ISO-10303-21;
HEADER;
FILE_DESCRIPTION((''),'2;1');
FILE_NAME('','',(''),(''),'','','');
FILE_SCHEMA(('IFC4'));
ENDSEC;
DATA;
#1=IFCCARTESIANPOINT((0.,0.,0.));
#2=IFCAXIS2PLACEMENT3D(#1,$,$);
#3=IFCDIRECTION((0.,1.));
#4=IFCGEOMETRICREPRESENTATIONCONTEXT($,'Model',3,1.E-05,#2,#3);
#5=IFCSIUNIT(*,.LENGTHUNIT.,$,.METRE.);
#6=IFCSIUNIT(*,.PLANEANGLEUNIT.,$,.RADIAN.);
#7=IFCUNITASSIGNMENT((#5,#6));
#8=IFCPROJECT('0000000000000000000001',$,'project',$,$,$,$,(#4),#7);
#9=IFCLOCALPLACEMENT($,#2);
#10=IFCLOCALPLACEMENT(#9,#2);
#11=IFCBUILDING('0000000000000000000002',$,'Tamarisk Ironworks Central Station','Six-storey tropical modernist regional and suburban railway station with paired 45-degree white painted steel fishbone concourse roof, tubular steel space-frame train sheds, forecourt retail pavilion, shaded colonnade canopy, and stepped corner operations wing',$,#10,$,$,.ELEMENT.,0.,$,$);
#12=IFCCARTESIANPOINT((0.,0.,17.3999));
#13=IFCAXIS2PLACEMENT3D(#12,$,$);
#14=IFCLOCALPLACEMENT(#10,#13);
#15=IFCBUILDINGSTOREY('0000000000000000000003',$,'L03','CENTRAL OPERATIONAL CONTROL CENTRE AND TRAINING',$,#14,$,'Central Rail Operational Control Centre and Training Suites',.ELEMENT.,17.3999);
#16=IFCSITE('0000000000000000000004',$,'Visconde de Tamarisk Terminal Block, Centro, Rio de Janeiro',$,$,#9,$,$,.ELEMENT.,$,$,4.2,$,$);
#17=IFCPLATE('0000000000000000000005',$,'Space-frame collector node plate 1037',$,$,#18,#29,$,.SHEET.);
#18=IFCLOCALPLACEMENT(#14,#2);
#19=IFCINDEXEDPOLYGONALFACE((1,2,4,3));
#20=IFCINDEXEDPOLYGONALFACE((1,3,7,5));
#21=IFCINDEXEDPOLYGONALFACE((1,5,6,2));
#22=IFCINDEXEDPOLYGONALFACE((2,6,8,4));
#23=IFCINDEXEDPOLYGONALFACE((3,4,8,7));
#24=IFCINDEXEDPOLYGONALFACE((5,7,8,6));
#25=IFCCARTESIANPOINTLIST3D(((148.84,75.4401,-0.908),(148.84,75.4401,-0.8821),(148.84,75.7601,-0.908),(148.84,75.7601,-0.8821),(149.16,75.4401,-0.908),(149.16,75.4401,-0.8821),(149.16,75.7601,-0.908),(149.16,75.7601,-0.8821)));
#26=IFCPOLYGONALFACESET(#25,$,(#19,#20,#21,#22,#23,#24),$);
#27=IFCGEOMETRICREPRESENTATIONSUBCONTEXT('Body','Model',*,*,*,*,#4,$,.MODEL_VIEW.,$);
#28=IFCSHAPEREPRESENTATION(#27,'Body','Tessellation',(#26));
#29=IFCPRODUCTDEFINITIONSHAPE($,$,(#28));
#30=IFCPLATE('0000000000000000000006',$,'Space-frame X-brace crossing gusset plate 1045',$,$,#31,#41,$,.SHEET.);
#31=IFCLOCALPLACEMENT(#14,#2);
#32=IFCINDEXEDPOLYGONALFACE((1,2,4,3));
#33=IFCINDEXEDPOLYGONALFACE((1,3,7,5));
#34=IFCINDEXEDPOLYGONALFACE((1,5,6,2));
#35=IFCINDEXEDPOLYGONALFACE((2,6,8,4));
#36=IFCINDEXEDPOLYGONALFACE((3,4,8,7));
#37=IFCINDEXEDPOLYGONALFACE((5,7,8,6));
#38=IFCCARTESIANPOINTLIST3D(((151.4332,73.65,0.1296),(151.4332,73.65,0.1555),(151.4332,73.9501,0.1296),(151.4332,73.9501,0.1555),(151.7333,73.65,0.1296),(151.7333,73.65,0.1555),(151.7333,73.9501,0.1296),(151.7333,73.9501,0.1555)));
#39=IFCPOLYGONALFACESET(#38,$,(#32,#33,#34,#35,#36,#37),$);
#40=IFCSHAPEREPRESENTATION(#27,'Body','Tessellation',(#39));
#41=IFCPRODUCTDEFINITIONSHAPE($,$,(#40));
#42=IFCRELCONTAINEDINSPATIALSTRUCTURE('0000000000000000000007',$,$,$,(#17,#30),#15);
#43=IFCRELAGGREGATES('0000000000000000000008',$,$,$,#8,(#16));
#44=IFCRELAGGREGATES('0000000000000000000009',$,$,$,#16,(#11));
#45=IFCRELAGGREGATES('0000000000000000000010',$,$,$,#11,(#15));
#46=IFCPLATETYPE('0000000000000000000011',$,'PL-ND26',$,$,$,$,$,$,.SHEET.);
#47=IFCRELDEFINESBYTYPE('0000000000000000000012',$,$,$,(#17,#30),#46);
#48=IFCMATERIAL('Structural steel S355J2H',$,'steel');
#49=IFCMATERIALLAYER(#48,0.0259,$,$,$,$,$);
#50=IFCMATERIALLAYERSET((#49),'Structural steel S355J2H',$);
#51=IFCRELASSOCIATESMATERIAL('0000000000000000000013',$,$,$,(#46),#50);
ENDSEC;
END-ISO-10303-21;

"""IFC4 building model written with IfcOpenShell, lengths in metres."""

from ifc_helpers import new_model, si_unit, direction, frame, origin, origin_2d, place, context, subcontext, project, spatial, rectangle, extrude, material, layer, layer_set, type_object, element, save


model = new_model("IFC4")

# Units and contexts
model_context = context("Model", 3, precision=1e-05, world=origin(), true_north=direction((0.0, 1.0)))
body_context = subcontext(model_context, "Body", "Model", "MODEL_VIEW")
ifc_project = project(units=[si_unit("LENGTHUNIT", "METRE"), si_unit("PLANEANGLEUNIT", "RADIAN")], contexts=[model_context])

# Site, building, storey
site_placement = place(None, origin())
site = spatial("IfcSite", under=ifc_project, at=site_placement, Name="Visconde de Tamarisk Terminal Block, Centro, Rio de Janeiro", CompositionType="ELEMENT", RefElevation=4.2)
building_placement = place(site_placement, origin())
building = spatial("IfcBuilding", under=site, at=building_placement, Name="Tamarisk Ironworks Central Station", Description="Six-storey tropical modernist regional and suburban railway station with paired 45-degree white painted steel fishbone concourse roof, tubular steel space-frame train sheds, forecourt retail pavilion, shaded colonnade canopy, and stepped corner operations wing", CompositionType="ELEMENT", ElevationOfRefHeight=0.0)
storey_placement = place(building_placement, frame((0.0, 0.0, 17.3999)))
storey = spatial("IfcBuildingStorey", under=building, at=storey_placement, Name="L03", Description="CENTRAL OPERATIONAL CONTROL CENTRE AND TRAINING", LongName="Central Rail Operational Control Centre and Training Suites", CompositionType="ELEMENT", Elevation=17.3999)

# Shared definitions
ifc_material = material(Name="Structural steel S355J2H", Category="steel")

# Plates
ifc_layer = layer(ifc_material, 0.0259)
ifc_layer_set = layer_set([ifc_layer], Name="Structural steel S355J2H")
plate_type = type_object("IfcPlateType", Name="PL-ND26", PredefinedType="SHEET", material=ifc_layer_set)
plate_1_placement = place(storey_placement, frame((149.0, 75.6001, -0.908), z_axis=(0.0, 0.0, 1.0), x_axis=(1.0, 0.0, 0.0)))
element("IfcPlate", 1, at=plate_1_placement, inside=storey, type_object=plate_type, Name="Space-frame collector node plate 1037", PredefinedType="SHEET", context=body_context, shape_type="SweptSolid", body=[
    extrude(rectangle(XDim=0.3201, YDim=0.3201, at=origin_2d()), origin(), (0.0, 0.0, 1.0), 0.0259),
])
plate_2_placement = place(storey_placement, frame((151.5833, 73.8, 0.1296), z_axis=(0.0, 0.0, 1.0), x_axis=(1.0, 0.0, 0.0)))
element("IfcPlate", 2, at=plate_2_placement, inside=storey, type_object=plate_type, Name="Space-frame X-brace crossing gusset plate 1045", PredefinedType="SHEET", context=body_context, shape_type="SweptSolid", body=[
    extrude(rectangle(XDim=0.3, YDim=0.3, at=origin_2d()), origin(), (0.0, 0.0, 1.0), 0.0259),
])

save(model, "model.ifc")
